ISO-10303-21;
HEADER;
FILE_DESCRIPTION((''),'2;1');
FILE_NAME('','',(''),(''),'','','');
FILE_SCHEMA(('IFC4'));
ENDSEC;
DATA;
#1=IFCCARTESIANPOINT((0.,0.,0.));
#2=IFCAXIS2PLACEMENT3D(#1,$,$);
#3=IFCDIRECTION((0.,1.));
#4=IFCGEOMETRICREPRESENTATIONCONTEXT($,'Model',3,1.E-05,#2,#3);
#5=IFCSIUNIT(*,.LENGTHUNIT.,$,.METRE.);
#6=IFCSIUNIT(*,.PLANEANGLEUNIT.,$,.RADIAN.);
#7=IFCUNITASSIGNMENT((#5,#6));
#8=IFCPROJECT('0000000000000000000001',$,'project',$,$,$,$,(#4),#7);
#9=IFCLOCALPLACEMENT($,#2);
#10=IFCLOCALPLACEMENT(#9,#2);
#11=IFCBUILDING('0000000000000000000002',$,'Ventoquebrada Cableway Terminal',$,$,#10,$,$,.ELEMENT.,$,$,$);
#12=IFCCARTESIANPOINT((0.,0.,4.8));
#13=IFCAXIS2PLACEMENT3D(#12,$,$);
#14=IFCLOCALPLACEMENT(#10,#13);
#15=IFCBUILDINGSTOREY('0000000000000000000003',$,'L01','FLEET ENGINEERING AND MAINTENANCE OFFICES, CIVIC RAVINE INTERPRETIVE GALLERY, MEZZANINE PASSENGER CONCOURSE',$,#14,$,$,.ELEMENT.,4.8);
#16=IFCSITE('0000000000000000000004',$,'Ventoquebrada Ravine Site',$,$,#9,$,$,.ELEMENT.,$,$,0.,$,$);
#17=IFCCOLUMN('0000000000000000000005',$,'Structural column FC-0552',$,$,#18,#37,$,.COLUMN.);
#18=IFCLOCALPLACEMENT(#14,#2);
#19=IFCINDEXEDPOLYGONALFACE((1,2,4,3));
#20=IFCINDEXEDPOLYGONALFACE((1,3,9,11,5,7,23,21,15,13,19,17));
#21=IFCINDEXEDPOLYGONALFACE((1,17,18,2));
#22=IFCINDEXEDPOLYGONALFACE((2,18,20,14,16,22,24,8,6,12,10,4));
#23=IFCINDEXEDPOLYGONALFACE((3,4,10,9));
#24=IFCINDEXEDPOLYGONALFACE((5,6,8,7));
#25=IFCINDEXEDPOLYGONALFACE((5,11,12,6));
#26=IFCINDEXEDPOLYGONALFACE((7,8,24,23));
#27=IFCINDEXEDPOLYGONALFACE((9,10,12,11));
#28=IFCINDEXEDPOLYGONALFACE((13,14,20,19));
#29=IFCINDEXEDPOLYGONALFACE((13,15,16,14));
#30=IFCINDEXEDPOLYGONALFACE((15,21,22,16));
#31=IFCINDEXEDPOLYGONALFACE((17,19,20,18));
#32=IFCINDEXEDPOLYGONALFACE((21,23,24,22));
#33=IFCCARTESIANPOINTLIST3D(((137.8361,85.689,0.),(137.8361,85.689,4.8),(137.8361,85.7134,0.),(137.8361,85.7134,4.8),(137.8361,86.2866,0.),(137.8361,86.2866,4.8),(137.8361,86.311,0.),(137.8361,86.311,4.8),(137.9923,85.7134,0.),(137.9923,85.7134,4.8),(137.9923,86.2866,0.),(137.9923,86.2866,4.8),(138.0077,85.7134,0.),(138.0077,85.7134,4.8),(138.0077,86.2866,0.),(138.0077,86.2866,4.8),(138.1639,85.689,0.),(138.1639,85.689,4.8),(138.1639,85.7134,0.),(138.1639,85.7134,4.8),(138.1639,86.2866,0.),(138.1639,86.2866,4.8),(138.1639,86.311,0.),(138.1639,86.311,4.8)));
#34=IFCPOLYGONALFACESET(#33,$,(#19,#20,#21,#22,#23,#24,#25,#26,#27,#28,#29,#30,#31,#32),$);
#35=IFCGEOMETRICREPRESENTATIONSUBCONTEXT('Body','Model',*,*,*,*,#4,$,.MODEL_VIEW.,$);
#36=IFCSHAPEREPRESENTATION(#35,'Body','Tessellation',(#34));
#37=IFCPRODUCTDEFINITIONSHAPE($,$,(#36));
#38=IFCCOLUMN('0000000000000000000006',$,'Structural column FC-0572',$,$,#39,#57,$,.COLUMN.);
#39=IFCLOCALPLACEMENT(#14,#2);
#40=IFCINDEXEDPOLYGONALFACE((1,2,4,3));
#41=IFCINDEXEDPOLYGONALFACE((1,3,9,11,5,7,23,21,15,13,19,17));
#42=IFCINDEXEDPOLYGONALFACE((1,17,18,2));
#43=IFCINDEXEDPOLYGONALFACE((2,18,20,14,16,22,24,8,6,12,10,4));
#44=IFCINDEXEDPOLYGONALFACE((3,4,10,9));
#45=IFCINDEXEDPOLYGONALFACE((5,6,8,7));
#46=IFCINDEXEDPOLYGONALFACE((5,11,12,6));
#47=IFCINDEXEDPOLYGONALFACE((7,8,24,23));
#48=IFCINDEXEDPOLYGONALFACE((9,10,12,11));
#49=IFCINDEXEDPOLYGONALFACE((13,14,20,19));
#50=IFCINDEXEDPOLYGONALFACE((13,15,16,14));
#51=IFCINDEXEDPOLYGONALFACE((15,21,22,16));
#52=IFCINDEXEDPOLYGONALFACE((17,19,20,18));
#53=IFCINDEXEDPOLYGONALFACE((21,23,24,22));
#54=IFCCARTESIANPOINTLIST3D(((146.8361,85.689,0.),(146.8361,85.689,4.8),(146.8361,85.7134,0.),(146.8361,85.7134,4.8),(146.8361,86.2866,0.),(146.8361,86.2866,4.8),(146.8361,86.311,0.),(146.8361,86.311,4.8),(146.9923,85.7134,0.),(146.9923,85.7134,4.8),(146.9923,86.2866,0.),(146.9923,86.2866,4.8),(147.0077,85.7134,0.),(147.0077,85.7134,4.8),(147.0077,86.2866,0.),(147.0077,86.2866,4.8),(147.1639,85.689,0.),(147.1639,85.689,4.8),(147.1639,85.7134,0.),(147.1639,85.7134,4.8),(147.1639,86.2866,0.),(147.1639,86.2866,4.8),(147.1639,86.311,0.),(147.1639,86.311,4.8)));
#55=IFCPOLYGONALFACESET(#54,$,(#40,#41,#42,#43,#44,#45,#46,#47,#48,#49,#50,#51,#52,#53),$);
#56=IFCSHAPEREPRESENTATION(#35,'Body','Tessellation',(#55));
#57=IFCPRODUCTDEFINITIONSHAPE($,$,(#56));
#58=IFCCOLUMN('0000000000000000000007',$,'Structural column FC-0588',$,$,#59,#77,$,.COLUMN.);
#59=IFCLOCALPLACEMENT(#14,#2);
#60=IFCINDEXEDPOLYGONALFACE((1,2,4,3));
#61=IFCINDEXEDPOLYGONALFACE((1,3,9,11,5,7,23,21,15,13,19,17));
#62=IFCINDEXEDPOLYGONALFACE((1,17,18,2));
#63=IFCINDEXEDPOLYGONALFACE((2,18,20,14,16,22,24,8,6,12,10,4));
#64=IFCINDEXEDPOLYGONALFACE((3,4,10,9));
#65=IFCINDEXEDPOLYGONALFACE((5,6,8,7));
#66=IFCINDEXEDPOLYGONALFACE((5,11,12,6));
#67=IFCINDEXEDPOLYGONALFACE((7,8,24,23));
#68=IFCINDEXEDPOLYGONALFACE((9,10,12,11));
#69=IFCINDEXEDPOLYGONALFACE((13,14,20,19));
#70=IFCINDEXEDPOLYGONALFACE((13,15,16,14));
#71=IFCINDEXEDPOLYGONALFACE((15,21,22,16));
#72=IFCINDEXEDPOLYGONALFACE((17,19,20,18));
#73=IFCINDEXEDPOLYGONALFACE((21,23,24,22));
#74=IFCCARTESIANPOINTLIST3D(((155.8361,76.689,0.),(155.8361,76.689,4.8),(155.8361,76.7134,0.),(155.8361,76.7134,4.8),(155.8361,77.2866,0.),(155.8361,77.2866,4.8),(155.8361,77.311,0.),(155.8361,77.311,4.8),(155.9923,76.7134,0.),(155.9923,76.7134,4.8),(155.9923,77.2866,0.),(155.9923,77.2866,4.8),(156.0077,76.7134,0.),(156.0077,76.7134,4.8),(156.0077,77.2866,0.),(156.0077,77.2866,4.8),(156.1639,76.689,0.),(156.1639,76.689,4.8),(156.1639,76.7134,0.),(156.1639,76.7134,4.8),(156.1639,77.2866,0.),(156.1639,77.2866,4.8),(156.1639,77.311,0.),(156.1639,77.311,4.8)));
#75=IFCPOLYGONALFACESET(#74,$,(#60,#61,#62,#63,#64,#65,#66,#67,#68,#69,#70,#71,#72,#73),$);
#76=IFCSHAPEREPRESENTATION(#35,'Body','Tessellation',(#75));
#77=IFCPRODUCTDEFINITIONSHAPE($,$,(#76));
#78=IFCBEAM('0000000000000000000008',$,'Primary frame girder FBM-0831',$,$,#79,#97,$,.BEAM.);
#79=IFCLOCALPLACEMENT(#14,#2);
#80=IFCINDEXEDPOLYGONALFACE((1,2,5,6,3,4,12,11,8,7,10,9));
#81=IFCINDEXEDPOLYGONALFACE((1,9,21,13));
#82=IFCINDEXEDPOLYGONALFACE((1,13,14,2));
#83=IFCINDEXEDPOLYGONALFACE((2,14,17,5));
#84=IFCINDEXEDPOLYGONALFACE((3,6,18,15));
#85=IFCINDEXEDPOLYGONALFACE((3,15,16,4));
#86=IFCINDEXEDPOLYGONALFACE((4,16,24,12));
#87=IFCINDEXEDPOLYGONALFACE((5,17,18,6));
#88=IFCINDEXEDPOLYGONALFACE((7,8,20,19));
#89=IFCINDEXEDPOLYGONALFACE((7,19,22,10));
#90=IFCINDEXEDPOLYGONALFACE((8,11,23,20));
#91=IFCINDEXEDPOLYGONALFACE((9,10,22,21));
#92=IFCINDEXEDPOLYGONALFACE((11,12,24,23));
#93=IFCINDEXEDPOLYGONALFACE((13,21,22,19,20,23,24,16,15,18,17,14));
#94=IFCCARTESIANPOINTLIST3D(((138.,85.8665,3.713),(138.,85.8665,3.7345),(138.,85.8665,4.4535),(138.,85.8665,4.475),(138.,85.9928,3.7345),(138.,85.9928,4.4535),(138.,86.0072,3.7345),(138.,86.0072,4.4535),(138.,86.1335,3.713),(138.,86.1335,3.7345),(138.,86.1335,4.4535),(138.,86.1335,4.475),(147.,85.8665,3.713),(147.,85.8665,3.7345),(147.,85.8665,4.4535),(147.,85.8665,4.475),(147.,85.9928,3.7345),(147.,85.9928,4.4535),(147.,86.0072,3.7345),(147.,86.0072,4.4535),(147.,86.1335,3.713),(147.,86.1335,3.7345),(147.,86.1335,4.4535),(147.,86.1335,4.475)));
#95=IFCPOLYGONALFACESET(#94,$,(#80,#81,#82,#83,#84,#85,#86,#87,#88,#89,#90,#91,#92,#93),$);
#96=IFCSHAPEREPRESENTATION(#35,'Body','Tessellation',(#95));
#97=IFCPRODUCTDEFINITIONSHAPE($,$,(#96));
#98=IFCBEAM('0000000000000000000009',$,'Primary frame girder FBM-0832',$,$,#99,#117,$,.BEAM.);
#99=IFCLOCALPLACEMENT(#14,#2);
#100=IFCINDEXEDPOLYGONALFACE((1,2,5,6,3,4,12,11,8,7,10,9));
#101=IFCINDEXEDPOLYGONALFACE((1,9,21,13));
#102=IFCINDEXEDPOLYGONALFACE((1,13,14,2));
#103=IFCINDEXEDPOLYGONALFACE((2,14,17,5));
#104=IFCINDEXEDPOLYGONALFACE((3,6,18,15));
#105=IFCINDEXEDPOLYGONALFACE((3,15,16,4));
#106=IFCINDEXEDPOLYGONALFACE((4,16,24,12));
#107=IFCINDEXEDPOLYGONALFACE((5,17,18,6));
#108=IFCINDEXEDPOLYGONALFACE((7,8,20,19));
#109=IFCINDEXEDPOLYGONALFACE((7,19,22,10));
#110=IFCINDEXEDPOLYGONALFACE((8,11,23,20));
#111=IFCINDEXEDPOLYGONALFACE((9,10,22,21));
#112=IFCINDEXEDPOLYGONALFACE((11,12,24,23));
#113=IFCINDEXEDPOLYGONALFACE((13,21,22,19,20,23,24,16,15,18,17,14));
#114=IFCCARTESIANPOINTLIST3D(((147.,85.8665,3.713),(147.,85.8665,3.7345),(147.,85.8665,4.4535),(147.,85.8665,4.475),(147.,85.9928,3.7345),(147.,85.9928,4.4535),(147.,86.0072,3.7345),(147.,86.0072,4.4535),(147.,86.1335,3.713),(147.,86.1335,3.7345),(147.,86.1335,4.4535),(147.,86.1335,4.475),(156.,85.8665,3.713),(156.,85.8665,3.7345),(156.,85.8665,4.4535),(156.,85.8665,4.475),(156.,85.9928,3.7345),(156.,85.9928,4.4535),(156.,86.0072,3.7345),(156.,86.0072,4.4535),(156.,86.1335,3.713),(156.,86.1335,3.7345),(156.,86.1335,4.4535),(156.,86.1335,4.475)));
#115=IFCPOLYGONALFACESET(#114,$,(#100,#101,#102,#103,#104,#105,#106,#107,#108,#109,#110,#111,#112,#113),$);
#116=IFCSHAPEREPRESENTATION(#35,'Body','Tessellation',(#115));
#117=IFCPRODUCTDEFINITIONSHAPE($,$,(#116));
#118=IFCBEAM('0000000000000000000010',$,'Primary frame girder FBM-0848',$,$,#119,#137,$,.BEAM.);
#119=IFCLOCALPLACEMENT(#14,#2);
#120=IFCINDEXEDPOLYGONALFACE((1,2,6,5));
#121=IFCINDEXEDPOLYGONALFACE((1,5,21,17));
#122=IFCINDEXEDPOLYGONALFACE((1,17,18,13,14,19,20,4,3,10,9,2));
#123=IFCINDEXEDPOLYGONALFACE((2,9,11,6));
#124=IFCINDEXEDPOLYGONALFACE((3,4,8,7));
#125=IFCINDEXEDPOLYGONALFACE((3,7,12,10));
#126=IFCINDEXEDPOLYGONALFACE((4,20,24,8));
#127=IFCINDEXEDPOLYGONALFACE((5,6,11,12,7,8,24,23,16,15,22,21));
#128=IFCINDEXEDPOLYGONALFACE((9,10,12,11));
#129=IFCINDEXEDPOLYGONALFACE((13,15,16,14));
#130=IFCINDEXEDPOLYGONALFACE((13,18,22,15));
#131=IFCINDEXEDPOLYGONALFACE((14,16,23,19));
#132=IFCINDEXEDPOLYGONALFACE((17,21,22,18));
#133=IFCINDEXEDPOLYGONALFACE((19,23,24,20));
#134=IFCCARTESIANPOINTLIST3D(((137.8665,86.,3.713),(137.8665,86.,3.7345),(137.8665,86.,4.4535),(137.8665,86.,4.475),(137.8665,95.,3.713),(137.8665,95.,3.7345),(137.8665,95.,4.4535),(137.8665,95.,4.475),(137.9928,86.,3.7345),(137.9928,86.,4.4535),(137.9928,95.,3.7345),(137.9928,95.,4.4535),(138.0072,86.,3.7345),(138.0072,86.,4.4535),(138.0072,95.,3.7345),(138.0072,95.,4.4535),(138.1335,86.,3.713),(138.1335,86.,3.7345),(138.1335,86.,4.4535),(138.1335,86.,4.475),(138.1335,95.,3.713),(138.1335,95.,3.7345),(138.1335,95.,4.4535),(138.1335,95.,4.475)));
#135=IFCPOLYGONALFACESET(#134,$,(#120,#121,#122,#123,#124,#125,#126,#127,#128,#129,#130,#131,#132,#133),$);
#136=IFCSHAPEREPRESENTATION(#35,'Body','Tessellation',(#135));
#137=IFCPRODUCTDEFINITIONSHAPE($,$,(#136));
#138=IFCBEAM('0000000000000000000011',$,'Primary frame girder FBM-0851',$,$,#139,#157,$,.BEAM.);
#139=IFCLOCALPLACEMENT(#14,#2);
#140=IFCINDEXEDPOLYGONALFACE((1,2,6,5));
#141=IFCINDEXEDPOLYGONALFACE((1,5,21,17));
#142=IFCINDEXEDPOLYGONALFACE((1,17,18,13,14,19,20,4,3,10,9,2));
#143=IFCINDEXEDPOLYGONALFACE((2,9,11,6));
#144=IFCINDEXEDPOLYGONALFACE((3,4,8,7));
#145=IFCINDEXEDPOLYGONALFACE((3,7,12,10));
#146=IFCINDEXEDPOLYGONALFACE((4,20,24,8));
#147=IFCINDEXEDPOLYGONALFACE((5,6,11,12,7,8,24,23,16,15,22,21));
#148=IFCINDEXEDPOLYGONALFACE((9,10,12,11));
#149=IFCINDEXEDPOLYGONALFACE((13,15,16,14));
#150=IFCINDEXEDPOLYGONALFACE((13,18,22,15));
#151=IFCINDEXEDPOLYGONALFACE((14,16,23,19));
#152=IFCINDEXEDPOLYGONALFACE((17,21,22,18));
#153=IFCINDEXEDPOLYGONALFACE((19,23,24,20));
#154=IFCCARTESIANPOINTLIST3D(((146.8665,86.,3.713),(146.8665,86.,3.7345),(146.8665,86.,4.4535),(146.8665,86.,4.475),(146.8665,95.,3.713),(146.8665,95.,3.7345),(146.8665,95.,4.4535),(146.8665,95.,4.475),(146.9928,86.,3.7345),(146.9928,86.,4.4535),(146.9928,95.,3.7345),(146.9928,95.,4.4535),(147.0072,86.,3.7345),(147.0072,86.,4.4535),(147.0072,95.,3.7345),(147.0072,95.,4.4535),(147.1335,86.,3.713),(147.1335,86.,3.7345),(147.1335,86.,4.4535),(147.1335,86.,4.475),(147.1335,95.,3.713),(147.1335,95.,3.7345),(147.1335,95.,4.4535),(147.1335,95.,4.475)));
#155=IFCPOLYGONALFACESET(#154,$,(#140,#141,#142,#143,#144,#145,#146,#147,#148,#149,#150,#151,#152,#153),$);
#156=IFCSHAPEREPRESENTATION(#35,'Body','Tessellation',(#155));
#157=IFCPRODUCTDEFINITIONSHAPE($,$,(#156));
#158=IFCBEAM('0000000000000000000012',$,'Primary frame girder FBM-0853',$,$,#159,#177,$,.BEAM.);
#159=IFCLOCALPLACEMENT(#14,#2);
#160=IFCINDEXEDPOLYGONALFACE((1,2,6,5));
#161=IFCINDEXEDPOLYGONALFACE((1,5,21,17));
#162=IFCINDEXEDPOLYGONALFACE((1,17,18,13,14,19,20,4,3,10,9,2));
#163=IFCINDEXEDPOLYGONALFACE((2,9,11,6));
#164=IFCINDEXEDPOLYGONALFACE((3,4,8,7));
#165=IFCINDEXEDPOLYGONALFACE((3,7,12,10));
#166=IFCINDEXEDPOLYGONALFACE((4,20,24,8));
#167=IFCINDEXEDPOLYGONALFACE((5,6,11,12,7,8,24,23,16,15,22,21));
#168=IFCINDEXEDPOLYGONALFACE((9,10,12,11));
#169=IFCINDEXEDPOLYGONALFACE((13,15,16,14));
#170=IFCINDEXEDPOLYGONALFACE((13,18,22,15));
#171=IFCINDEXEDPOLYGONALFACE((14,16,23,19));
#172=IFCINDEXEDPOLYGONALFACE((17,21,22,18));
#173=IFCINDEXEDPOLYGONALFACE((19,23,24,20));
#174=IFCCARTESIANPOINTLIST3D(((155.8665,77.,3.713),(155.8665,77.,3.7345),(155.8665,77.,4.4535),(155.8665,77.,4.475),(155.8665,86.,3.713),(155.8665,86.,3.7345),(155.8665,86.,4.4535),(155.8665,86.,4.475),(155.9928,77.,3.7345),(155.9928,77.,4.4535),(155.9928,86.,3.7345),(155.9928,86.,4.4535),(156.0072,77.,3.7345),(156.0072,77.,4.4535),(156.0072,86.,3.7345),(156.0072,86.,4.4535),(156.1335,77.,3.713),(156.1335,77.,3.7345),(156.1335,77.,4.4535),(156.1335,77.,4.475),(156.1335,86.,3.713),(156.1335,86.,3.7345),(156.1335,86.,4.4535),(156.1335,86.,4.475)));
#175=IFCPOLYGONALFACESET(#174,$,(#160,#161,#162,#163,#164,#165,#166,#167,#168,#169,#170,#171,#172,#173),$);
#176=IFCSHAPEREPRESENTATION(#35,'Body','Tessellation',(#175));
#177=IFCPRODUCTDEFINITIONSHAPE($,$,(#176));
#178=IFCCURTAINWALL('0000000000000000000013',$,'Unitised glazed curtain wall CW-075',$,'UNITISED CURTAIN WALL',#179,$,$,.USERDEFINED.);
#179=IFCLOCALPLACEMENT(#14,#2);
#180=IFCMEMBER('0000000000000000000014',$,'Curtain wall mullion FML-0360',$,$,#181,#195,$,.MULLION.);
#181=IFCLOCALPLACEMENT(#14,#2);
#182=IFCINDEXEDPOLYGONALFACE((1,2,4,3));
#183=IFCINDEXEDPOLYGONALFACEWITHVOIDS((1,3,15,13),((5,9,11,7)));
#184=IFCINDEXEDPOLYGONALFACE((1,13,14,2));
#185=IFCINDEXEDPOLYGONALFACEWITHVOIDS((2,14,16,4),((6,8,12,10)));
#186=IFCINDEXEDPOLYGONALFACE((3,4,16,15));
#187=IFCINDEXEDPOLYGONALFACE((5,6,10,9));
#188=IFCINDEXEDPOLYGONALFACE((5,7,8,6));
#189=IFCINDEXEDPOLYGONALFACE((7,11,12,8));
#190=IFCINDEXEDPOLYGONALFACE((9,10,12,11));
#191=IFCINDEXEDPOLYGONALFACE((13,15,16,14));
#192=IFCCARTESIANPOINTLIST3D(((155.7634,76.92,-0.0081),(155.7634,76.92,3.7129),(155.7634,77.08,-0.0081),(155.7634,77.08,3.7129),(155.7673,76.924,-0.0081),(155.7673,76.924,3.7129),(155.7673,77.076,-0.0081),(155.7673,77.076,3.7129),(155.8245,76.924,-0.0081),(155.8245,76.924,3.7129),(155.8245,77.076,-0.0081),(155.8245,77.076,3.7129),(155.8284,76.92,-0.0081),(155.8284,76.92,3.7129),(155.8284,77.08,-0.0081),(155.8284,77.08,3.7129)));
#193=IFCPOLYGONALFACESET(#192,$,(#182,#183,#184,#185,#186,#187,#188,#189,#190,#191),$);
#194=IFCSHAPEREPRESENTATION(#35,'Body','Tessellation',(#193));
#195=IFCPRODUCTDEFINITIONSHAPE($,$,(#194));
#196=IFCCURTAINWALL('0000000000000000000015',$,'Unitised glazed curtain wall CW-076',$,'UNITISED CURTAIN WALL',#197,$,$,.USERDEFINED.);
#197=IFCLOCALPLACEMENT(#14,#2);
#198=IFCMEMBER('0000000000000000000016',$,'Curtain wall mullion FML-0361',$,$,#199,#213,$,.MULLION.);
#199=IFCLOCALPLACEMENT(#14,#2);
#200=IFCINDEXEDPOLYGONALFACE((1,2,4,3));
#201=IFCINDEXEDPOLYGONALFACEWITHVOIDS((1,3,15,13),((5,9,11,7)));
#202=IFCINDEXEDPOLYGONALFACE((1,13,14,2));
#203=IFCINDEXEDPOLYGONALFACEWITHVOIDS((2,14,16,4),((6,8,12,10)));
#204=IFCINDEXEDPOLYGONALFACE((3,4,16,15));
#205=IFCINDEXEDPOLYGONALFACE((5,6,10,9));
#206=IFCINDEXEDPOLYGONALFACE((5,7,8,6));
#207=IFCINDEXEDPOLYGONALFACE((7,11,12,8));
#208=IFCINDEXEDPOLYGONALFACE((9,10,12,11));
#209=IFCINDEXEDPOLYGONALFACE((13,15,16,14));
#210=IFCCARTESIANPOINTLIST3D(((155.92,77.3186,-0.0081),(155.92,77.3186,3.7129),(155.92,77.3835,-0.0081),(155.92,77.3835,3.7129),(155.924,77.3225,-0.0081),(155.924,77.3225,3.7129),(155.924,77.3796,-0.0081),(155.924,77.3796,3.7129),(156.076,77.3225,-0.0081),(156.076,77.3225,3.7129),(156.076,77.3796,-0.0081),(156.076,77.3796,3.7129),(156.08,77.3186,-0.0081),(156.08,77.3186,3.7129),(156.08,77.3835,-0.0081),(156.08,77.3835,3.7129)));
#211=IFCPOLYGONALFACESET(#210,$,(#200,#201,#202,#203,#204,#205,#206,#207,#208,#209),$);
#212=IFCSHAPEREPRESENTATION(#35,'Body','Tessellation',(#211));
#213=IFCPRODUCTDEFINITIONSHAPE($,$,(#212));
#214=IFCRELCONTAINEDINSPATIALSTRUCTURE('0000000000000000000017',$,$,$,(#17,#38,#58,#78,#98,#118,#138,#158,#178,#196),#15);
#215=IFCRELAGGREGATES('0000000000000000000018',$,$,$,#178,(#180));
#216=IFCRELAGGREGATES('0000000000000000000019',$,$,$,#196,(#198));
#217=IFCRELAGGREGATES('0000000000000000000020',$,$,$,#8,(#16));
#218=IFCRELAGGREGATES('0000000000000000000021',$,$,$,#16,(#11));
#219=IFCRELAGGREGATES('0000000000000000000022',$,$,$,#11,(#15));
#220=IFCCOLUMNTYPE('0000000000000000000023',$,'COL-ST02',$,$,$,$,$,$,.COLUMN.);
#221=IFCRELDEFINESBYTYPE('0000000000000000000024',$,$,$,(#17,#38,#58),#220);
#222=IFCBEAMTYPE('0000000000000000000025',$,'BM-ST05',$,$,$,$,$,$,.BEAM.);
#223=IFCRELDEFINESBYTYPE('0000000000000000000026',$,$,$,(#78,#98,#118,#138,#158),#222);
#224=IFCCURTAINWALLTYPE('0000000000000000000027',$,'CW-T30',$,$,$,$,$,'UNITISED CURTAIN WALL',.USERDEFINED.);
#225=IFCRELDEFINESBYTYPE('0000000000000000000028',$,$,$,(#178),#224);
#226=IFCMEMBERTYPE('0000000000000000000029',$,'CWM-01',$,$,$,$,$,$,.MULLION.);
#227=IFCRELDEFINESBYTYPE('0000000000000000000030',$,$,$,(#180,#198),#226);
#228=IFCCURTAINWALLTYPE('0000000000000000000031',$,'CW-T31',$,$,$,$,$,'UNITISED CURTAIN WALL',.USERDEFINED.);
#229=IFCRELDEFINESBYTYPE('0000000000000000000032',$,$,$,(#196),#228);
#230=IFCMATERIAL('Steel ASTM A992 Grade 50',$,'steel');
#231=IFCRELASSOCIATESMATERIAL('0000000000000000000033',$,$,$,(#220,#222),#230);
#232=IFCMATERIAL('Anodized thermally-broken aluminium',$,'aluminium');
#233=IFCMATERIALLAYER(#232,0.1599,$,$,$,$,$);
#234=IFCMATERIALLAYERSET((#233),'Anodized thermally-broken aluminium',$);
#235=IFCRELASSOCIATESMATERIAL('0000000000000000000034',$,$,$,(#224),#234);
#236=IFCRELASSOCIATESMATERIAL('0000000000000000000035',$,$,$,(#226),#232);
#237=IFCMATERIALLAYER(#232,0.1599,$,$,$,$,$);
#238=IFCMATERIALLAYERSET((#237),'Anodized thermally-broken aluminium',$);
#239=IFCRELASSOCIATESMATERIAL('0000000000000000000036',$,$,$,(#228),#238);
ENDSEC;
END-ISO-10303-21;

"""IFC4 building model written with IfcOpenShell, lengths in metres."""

from ifc_helpers import new_model, si_unit, direction, frame, origin, origin_2d, place, context, subcontext, project, spatial, hollow_rectangle, i_section, extrude, material, layer, layer_set, material_profile, profile_set, type_object, element, aggregate, save


model = new_model("IFC4")

# Units and contexts
model_context = context("Model", 3, precision=1e-05, world=origin(), true_north=direction((0.0, 1.0)))
body_context = subcontext(model_context, "Body", "Model", "MODEL_VIEW")
ifc_project = project(units=[si_unit("LENGTHUNIT", "METRE"), si_unit("PLANEANGLEUNIT", "RADIAN")], contexts=[model_context])

# Site, building, storey
site_placement = place(None, origin())
site = spatial("IfcSite", under=ifc_project, at=site_placement, Name="Ventoquebrada Ravine Site", CompositionType="ELEMENT", RefElevation=0.0)
building_placement = place(site_placement, origin())
building = spatial("IfcBuilding", under=site, at=building_placement, Name="Ventoquebrada Cableway Terminal", CompositionType="ELEMENT")
storey_placement = place(building_placement, frame((0.0, 0.0, 4.8)))
storey = spatial("IfcBuildingStorey", under=building, at=storey_placement, Name="L01", Description="FLEET ENGINEERING AND MAINTENANCE OFFICES, CIVIC RAVINE INTERPRETIVE GALLERY, MEZZANINE PASSENGER CONCOURSE", CompositionType="ELEMENT", Elevation=4.8)

# Columns
ifc_material_1 = material(Name="Steel ASTM A992 Grade 50", Category="steel")
ifc_material_profile_1 = material_profile(ifc_material_1, i_section(OverallWidth=0.3279, OverallDepth=0.6221, WebThickness=0.0154, FlangeThickness=0.0244, at=origin_2d()), Name="W24X131")
ifc_profile_set_1 = profile_set([ifc_material_profile_1], Name="Steel ASTM A992 Grade 50")
column_type = type_object("IfcColumnType", Name="COL-ST02", PredefinedType="COLUMN", material=ifc_profile_set_1)
for number, where, z_axis, x_axis, name in (
    (1, (138.0, 86.0, 0.0), (0.0, 0.0, 1.0), (1.0, 0.0, 0.0), "Structural column FC-0552"),
    (2, (147.0, 86.0, 0.0), (0.0, 0.0, 1.0), (1.0, 0.0, 0.0), "Structural column FC-0572"),
    (3, (156.0, 77.0, 0.0), (0.0, 0.0, 1.0), (1.0, 0.0, 0.0), "Structural column FC-0588"),
):
    element("IfcColumn", number, at=place(storey_placement, frame(where, z_axis=z_axis, x_axis=x_axis)), inside=storey, type_object=column_type, Name=name, PredefinedType="COLUMN", context=body_context, shape_type="SweptSolid", body=[
        extrude(i_section(OverallWidth=0.3279, OverallDepth=0.6221, WebThickness=0.0154, FlangeThickness=0.0244, at=origin_2d()), origin(), (0.0, 0.0, 1.0), 4.8),
    ])

# Beams
ifc_material_profile_2 = material_profile(ifc_material_1, i_section(OverallWidth=0.2671, OverallDepth=0.762, WebThickness=0.0144, FlangeThickness=0.0215, at=origin_2d()), Name="W30X116")
ifc_profile_set_2 = profile_set([ifc_material_profile_2], Name="Steel ASTM A992 Grade 50")
beam_type_1 = type_object("IfcBeamType", Name="BM-ST05", PredefinedType="BEAM", material=ifc_profile_set_2)
for number, where, z_axis, x_axis, name in (
    (4, (138.0, 86.0, 4.094), (1.0, 0.0, 0.0), (0.0, 1.0, 0.0), "Primary frame girder FBM-0831"),
    (5, (147.0, 86.0, 4.094), (1.0, 0.0, 0.0), (0.0, 1.0, 0.0), "Primary frame girder FBM-0832"),
    (6, (138.0, 86.0, 4.094), (0.0, 1.0, 0.0), (-1.0, 0.0, 0.0), "Primary frame girder FBM-0848"),
    (7, (147.0, 86.0, 4.094), (0.0, 1.0, 0.0), (-1.0, 0.0, 0.0), "Primary frame girder FBM-0851"),
    (8, (156.0, 77.0, 4.094), (0.0, 1.0, 0.0), (-1.0, 0.0, 0.0), "Primary frame girder FBM-0853"),
):
    element("IfcBeam", number, at=place(storey_placement, frame(where, z_axis=z_axis, x_axis=x_axis)), inside=storey, type_object=beam_type_1, Name=name, PredefinedType="BEAM", context=body_context, shape_type="SweptSolid", body=[
        extrude(i_section(OverallWidth=0.2671, OverallDepth=0.762, WebThickness=0.0144, FlangeThickness=0.0215, at=origin_2d()), origin(), (0.0, 0.0, 1.0), 9.0),
    ])

# Curtain wall, member
ifc_material_2 = material(Name="Anodized thermally-broken aluminium", Category="aluminium")
ifc_layer_1 = layer(ifc_material_2, 0.1599)
ifc_layer_set_1 = layer_set([ifc_layer_1], Name="Anodized thermally-broken aluminium")
curtain_wall_type_1 = type_object("IfcCurtainWallType", Name="CW-T30", ElementType="UNITISED CURTAIN WALL", PredefinedType="USERDEFINED", material=ifc_layer_set_1)
curtain_wall_1_placement = place(storey_placement, origin())
curtain_wall_1 = element("IfcCurtainWall", 9, at=curtain_wall_1_placement, inside=storey, type_object=curtain_wall_type_1, Name="Unitised glazed curtain wall CW-075", ObjectType="UNITISED CURTAIN WALL", PredefinedType="USERDEFINED")
ifc_material_profile_3 = material_profile(ifc_material_2, hollow_rectangle(XDim=0.0649, YDim=0.1599, WallThickness=0.0039, at=origin_2d()), Name="CW-MUL-65X160")
ifc_profile_set_3 = profile_set([ifc_material_profile_3], Name="Anodized thermally-broken aluminium")
member_type_1 = type_object("IfcMemberType", Name="CWM-01", PredefinedType="MULLION", material=ifc_profile_set_3)
member_1_placement = place(storey_placement, frame((155.7959, 77.0, -0.0081), z_axis=(0.0, 0.0, 1.0), x_axis=(1.0, 0.0, 0.0)))
member_1 = element("IfcMember", 10, at=member_1_placement, type_object=member_type_1, Name="Curtain wall mullion FML-0360", PredefinedType="MULLION", context=body_context, shape_type="SweptSolid", body=[
    extrude(hollow_rectangle(XDim=0.0649, YDim=0.1599, WallThickness=0.0039, at=origin_2d()), origin(), (0.0, 0.0, 1.0), 3.7209),
])

# Curtain wall, member
ifc_layer_2 = layer(ifc_material_2, 0.1599)
ifc_layer_set_2 = layer_set([ifc_layer_2], Name="Anodized thermally-broken aluminium")
curtain_wall_type_2 = type_object("IfcCurtainWallType", Name="CW-T31", ElementType="UNITISED CURTAIN WALL", PredefinedType="USERDEFINED", material=ifc_layer_set_2)
curtain_wall_2_placement = place(storey_placement, origin())
curtain_wall_2 = element("IfcCurtainWall", 11, at=curtain_wall_2_placement, inside=storey, type_object=curtain_wall_type_2, Name="Unitised glazed curtain wall CW-076", ObjectType="UNITISED CURTAIN WALL", PredefinedType="USERDEFINED")
member_2_placement = place(storey_placement, frame((156.0, 77.3511, -0.0081), z_axis=(0.0, 0.0, 1.0), x_axis=(0.0, 1.0, 0.0)))
member_2 = element("IfcMember", 12, at=member_2_placement, type_object=member_type_1, Name="Curtain wall mullion FML-0361", PredefinedType="MULLION", context=body_context, shape_type="SweptSolid", body=[
    extrude(hollow_rectangle(XDim=0.0649, YDim=0.1599, WallThickness=0.0039, at=origin_2d()), origin(), (0.0, 0.0, 1.0), 3.7209),
])

aggregate(curtain_wall_1, [member_1])
aggregate(curtain_wall_2, [member_2])

save(model, "model.ifc")
